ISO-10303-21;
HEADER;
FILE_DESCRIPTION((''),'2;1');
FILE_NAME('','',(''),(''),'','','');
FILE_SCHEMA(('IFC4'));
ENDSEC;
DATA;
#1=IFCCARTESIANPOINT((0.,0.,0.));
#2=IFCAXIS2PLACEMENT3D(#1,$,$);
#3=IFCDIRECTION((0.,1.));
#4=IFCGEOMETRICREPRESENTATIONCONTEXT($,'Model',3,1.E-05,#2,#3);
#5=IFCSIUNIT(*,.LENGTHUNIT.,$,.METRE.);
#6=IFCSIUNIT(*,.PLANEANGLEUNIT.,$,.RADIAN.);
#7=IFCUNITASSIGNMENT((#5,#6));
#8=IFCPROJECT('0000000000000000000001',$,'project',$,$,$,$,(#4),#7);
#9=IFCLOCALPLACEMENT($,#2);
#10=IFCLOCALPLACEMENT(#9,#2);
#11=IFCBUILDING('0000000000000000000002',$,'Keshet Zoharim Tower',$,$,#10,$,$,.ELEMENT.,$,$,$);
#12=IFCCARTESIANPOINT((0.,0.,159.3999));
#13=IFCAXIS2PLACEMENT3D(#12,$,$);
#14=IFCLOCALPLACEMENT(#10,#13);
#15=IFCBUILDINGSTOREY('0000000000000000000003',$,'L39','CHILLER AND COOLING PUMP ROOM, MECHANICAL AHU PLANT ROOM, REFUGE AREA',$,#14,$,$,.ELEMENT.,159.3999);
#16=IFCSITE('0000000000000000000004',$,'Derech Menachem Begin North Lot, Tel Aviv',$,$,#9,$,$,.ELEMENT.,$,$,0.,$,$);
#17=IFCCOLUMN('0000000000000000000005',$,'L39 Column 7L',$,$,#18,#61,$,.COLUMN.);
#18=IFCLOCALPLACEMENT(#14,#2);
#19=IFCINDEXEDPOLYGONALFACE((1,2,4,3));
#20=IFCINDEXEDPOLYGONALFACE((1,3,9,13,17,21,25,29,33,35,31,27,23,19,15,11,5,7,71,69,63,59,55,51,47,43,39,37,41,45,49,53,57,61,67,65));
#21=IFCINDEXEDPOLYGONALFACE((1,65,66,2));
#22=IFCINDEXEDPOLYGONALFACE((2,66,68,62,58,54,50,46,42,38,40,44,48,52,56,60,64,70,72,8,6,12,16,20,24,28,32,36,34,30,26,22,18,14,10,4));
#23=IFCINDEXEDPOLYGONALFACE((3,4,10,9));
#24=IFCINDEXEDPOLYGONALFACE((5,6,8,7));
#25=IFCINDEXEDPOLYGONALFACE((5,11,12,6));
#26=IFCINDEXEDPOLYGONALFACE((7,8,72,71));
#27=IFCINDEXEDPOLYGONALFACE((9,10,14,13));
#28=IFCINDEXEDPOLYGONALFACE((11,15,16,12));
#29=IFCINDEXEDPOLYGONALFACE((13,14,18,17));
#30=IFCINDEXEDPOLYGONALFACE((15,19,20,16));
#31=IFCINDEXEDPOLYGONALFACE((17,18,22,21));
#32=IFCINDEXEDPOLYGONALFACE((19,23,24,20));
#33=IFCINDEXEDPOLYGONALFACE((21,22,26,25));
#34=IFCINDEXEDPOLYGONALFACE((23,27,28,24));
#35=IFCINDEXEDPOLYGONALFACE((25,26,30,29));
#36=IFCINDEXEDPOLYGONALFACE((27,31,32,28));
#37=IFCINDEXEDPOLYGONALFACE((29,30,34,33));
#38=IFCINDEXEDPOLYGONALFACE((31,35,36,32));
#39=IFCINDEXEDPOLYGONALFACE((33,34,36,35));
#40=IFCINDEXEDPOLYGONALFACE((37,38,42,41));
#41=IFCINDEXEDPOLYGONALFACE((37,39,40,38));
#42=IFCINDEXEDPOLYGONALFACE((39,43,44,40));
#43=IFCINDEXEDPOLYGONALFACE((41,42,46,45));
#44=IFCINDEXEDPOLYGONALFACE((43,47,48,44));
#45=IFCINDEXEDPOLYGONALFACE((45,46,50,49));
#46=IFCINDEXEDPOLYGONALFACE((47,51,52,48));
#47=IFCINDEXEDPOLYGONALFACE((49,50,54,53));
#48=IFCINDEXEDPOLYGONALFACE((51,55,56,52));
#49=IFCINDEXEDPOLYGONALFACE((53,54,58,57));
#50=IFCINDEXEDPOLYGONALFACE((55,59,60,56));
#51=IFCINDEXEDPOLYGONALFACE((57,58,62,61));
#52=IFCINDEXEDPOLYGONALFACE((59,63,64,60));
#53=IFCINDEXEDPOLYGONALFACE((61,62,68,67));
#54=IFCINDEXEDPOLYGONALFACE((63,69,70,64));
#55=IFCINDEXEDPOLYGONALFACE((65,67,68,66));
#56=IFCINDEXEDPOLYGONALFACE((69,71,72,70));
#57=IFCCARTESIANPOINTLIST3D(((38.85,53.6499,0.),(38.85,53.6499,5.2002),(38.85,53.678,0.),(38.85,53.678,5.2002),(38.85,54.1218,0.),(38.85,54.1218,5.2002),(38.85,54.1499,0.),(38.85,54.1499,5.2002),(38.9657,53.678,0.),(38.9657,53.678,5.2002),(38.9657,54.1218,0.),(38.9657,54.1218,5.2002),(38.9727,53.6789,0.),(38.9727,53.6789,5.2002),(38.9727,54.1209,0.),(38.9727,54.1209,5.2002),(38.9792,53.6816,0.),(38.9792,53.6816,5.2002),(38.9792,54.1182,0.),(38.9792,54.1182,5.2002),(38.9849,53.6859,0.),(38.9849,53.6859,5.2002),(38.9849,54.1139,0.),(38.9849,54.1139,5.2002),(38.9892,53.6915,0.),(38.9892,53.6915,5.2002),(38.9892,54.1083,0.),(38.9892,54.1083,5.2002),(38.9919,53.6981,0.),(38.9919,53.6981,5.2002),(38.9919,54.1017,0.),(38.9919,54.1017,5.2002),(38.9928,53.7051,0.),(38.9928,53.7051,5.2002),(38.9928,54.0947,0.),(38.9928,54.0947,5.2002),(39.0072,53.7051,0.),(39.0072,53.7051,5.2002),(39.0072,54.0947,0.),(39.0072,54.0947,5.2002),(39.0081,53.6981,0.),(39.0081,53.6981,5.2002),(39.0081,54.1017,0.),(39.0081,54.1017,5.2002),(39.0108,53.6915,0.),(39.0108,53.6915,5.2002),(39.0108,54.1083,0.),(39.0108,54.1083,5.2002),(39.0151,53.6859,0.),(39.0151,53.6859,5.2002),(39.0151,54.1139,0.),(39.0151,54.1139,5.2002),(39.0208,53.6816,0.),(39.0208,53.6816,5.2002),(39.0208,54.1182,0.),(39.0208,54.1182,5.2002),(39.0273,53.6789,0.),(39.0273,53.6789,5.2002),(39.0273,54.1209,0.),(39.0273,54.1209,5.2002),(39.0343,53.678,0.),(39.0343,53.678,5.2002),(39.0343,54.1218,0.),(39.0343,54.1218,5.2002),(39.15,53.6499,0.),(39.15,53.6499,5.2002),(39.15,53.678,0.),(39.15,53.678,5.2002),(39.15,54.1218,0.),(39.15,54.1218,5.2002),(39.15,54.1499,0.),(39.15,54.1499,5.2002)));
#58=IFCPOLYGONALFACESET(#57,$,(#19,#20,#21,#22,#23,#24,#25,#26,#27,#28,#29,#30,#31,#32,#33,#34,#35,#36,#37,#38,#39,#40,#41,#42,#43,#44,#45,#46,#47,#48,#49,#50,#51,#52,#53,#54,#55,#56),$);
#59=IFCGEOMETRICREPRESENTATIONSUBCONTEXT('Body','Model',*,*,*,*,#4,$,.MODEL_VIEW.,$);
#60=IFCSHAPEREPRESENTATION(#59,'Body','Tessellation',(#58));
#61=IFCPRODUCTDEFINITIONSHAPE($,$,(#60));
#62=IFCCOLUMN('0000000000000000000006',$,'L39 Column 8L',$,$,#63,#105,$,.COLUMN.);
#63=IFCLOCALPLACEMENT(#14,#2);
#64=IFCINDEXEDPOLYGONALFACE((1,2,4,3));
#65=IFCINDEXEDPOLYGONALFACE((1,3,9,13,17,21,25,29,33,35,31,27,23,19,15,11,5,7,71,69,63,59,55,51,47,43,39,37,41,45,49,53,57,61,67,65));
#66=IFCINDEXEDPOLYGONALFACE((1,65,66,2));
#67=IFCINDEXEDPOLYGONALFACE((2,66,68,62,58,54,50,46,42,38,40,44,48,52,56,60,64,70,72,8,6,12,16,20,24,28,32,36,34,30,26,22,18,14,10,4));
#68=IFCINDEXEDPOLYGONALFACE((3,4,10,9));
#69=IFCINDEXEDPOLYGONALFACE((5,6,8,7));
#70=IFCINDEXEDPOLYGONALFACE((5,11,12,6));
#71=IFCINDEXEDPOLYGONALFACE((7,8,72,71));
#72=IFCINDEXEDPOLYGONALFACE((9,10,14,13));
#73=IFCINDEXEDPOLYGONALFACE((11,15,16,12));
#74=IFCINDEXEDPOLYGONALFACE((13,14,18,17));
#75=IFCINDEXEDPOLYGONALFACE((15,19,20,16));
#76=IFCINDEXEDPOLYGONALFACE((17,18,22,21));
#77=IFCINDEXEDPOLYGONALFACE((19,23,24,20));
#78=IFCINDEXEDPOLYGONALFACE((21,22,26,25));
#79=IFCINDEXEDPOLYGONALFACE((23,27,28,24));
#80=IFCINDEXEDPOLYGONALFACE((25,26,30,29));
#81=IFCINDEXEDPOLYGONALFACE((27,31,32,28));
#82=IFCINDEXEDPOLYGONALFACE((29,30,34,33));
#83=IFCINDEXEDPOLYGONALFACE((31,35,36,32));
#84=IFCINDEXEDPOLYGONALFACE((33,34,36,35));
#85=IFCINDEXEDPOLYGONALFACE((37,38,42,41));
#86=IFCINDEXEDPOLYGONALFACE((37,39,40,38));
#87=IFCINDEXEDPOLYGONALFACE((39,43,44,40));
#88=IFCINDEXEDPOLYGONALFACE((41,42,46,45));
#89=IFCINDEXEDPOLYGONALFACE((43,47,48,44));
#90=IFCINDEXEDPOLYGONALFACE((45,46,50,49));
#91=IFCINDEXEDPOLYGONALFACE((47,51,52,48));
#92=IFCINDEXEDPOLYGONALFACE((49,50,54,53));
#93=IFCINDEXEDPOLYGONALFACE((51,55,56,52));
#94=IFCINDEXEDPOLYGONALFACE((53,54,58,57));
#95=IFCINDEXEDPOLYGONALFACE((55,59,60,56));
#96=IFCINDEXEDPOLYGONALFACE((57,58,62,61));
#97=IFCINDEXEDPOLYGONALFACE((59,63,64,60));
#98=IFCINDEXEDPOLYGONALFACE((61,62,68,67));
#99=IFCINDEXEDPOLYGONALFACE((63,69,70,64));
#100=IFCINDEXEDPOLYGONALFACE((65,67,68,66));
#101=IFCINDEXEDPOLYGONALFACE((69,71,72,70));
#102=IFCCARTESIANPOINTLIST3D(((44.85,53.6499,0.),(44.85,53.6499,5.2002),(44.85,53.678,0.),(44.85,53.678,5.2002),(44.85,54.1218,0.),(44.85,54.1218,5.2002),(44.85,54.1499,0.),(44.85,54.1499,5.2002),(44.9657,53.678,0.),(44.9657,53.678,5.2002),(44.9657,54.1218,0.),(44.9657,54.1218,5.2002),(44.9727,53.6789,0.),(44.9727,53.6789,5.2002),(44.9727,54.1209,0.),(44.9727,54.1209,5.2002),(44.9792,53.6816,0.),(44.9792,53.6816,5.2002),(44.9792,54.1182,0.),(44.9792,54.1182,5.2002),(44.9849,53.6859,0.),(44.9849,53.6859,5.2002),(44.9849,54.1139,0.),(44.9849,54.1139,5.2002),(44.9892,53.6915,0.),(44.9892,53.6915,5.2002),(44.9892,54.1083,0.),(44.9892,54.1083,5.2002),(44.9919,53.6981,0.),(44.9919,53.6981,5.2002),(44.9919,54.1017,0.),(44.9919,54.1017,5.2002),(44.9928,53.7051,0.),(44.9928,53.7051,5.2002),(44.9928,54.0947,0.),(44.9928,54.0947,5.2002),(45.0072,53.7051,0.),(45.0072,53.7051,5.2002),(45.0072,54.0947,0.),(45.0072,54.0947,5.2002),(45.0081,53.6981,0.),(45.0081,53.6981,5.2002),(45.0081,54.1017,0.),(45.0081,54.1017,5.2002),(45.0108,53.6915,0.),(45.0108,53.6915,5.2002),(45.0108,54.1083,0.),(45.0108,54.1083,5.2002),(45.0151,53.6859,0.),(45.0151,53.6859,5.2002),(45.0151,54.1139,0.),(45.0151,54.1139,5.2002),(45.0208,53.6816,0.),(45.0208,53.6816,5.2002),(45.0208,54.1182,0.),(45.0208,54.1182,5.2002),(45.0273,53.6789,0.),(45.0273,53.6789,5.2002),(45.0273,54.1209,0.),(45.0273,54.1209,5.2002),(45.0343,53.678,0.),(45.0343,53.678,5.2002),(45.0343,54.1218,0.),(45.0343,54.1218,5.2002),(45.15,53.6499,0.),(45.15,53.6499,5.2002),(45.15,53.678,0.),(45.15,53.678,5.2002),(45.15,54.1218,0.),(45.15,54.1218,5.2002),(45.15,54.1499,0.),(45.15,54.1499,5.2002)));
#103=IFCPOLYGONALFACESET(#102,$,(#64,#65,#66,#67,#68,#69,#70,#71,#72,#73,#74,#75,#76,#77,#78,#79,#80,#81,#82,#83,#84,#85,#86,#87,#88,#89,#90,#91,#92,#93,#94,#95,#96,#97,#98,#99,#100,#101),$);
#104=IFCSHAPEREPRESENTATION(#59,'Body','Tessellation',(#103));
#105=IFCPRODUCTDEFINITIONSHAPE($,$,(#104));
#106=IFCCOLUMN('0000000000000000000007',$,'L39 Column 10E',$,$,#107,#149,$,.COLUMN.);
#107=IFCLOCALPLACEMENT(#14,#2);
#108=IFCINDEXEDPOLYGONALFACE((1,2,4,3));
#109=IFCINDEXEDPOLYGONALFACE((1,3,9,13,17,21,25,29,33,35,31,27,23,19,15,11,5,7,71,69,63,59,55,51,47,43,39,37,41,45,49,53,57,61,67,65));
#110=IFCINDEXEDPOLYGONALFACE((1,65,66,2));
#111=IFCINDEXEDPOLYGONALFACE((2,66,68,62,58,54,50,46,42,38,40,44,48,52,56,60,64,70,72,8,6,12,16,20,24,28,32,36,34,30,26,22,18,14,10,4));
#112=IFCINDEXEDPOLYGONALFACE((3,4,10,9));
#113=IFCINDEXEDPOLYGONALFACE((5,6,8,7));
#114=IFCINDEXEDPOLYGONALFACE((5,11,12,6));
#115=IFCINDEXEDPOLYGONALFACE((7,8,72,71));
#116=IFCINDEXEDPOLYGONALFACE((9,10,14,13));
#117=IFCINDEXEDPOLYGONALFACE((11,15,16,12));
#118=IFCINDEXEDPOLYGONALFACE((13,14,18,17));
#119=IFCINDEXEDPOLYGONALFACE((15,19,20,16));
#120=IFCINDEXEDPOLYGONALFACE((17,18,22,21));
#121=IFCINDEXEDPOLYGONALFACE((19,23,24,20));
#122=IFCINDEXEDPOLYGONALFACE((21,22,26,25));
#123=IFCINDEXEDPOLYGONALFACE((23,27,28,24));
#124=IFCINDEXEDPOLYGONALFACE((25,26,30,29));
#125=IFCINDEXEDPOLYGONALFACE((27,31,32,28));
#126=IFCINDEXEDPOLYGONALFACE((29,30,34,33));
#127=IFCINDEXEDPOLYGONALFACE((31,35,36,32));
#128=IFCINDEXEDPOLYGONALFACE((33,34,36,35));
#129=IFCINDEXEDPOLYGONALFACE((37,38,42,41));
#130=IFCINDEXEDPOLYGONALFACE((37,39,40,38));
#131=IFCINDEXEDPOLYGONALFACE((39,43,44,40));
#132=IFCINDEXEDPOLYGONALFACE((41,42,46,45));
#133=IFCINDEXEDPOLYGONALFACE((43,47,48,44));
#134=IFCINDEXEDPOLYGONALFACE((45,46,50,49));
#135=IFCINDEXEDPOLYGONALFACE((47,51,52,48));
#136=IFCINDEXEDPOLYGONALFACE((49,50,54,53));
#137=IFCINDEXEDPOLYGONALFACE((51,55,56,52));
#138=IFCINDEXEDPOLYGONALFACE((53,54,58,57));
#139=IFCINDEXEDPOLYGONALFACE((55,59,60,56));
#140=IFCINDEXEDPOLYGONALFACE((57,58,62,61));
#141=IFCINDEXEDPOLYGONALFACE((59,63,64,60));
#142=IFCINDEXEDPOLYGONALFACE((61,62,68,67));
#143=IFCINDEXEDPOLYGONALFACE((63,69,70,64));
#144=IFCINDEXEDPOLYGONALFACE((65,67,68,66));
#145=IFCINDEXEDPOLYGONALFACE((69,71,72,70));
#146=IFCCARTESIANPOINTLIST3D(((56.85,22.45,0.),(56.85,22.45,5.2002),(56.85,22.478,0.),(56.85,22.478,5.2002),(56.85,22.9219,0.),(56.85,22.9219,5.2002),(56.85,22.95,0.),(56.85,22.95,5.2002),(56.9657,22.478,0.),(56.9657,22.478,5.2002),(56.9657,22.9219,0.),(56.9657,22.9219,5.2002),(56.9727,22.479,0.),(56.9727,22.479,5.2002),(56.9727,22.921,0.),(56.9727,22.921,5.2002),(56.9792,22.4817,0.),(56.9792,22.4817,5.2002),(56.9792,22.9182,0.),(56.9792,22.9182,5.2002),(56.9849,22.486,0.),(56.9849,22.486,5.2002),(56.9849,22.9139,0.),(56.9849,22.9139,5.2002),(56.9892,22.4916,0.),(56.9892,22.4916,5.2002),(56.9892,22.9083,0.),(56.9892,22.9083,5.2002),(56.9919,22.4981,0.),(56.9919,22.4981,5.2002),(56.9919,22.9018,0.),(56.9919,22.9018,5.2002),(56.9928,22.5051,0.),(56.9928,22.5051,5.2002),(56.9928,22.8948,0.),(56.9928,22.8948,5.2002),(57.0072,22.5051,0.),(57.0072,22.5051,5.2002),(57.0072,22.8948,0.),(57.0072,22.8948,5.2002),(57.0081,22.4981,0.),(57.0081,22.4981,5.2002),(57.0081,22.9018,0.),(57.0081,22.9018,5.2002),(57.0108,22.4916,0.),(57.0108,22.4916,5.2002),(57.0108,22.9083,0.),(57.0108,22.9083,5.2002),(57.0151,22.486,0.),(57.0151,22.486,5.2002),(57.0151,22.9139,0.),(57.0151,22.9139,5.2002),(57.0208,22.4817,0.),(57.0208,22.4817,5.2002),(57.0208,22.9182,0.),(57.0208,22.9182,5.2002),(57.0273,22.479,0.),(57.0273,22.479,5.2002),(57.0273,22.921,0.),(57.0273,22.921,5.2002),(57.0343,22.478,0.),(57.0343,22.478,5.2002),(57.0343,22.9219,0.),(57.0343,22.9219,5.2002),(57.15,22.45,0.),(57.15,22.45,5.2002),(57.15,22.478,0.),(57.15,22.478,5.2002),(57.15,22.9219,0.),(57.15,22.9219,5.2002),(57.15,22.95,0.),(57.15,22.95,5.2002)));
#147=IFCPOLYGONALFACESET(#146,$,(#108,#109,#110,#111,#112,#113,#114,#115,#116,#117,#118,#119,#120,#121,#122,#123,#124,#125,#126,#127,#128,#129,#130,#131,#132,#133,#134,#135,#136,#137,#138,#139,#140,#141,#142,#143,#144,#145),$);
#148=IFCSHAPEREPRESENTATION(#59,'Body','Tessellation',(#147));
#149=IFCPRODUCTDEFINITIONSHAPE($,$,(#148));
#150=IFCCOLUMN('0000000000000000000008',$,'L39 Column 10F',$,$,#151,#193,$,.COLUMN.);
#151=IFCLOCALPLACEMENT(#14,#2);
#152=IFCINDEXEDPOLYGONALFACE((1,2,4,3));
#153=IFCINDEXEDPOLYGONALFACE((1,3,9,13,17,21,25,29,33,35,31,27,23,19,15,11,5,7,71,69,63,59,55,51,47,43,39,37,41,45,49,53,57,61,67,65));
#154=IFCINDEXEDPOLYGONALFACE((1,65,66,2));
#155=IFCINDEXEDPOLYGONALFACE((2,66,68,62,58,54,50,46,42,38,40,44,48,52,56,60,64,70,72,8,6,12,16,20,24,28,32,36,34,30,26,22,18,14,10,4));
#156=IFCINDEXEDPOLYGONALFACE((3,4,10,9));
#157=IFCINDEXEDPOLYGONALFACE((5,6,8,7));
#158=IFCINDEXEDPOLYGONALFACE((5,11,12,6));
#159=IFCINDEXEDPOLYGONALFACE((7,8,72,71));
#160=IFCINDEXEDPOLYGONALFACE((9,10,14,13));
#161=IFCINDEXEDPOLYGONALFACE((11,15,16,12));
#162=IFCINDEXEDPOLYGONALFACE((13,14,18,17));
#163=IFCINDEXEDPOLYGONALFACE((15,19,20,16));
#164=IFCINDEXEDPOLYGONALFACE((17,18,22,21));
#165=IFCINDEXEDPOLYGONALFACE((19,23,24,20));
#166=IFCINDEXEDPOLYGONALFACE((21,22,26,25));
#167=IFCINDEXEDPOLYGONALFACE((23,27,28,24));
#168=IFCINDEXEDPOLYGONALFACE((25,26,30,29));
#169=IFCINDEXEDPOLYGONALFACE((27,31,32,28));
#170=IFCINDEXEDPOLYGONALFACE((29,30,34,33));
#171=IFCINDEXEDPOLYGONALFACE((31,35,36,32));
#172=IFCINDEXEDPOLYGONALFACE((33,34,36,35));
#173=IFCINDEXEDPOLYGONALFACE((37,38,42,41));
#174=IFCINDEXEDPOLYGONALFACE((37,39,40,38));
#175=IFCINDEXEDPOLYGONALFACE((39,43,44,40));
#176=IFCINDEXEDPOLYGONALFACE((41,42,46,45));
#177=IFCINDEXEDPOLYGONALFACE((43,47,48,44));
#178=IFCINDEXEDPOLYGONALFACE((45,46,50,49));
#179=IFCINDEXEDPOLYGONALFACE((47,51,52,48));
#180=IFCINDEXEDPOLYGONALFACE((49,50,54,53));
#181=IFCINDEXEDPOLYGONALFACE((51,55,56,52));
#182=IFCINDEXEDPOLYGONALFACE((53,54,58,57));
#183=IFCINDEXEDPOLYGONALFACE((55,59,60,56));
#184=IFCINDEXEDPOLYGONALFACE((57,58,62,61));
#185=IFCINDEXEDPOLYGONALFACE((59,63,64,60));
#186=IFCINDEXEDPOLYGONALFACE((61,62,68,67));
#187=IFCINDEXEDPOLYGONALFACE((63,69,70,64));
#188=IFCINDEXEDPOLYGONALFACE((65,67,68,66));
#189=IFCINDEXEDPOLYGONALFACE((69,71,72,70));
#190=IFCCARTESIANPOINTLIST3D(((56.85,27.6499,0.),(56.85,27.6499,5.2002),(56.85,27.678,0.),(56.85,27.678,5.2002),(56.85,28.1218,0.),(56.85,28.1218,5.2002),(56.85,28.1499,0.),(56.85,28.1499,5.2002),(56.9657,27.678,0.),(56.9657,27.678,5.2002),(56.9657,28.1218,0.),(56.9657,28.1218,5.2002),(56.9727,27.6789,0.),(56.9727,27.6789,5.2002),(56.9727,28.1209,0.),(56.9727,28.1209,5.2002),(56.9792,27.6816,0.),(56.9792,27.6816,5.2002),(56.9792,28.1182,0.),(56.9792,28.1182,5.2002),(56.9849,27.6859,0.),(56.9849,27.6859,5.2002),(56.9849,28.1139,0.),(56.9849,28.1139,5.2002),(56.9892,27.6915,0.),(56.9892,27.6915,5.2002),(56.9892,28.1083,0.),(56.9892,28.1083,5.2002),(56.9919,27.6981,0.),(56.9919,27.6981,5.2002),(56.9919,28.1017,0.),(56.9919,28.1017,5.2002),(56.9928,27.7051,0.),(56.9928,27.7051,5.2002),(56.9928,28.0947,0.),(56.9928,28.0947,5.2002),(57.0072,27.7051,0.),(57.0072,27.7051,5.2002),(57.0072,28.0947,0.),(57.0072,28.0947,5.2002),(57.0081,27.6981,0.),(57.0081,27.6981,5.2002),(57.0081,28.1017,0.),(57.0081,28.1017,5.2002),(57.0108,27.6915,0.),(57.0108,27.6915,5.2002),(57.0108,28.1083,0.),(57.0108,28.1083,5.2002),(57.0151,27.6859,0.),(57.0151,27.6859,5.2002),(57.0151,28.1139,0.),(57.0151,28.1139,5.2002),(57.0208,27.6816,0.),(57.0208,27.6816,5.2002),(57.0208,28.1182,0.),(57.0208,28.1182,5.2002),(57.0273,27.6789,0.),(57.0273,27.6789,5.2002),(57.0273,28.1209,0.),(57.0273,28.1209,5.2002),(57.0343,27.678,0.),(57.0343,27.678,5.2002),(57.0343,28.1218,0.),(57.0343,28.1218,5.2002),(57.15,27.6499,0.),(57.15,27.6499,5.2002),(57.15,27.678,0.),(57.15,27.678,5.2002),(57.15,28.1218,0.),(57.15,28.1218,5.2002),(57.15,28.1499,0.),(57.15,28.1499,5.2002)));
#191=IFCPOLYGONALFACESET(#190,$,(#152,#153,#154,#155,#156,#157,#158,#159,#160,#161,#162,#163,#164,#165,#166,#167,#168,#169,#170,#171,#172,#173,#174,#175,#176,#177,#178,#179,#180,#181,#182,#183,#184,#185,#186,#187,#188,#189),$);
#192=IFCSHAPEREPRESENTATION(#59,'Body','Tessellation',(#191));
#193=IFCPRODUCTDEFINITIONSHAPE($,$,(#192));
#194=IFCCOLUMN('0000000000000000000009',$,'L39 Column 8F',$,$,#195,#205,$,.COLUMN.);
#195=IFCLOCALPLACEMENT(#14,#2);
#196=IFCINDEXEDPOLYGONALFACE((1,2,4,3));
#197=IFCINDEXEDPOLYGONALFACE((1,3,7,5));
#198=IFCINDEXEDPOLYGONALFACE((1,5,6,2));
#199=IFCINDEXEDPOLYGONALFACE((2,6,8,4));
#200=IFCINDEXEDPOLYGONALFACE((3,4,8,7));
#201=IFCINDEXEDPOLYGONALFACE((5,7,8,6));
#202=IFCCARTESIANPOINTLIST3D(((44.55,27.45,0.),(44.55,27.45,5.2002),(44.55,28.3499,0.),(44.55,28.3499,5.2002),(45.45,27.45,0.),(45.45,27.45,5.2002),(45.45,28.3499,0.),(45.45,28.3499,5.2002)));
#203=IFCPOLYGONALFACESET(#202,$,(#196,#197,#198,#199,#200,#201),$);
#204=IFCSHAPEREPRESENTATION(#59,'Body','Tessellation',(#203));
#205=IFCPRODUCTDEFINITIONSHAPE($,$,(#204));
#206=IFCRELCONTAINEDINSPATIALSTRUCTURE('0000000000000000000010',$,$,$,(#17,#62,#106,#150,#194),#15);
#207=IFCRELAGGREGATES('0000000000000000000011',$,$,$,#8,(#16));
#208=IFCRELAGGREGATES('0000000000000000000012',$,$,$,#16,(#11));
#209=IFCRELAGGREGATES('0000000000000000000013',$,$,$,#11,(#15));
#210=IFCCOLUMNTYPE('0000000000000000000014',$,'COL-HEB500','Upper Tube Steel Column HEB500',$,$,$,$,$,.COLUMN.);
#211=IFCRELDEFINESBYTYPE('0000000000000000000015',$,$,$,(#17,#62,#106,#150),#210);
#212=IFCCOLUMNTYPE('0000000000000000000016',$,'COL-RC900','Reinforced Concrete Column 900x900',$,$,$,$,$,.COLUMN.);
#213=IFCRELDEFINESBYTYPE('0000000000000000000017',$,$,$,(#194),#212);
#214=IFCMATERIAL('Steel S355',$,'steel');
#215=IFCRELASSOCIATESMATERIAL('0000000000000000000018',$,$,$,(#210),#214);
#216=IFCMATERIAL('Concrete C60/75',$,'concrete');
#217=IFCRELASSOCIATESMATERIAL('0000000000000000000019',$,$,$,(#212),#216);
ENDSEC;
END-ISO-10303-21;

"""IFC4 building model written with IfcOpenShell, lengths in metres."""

from ifc_helpers import new_model, si_unit, direction, frame, origin, origin_2d, place, context, subcontext, project, spatial, rectangle, i_section, extrude, material, material_profile, profile_set, type_object, element, save


model = new_model("IFC4")

# Units and contexts
model_context = context("Model", 3, precision=1e-05, world=origin(), true_north=direction((0.0, 1.0)))
body_context = subcontext(model_context, "Body", "Model", "MODEL_VIEW")
ifc_project = project(units=[si_unit("LENGTHUNIT", "METRE"), si_unit("PLANEANGLEUNIT", "RADIAN")], contexts=[model_context])

# Site, building, storey
site_placement = place(None, origin())
site = spatial("IfcSite", under=ifc_project, at=site_placement, Name="Derech Menachem Begin North Lot, Tel Aviv", CompositionType="ELEMENT", RefElevation=0.0)
building_placement = place(site_placement, origin())
building = spatial("IfcBuilding", under=site, at=building_placement, Name="Keshet Zoharim Tower", CompositionType="ELEMENT")
storey_placement = place(building_placement, frame((0.0, 0.0, 159.3999)))
storey = spatial("IfcBuildingStorey", under=building, at=storey_placement, Name="L39", Description="CHILLER AND COOLING PUMP ROOM, MECHANICAL AHU PLANT ROOM, REFUGE AREA", CompositionType="ELEMENT", Elevation=159.3999)

# Columns
ifc_material_1 = material(Name="Steel S355", Category="steel")
ifc_material_profile_1 = material_profile(ifc_material_1, i_section(OverallWidth=0.3, OverallDepth=0.5, WebThickness=0.0144, FlangeThickness=0.0281, FilletRadius=0.0271, at=origin_2d()), Name="HEB500")
ifc_profile_set_1 = profile_set([ifc_material_profile_1], Name="Steel S355")
column_type_1 = type_object("IfcColumnType", Name="COL-HEB500", Description="Upper Tube Steel Column HEB500", PredefinedType="COLUMN", material=ifc_profile_set_1)
for number, where, z_axis, x_axis, name in (
    (1, (39.0, 53.8999, 0.0), (0.0, 0.0, 1.0), (1.0, 0.0, 0.0), "L39 Column 7L"),
    (2, (45.0, 53.8999, 0.0), (0.0, 0.0, 1.0), (1.0, 0.0, 0.0), "L39 Column 8L"),
    (3, (57.0, 22.7, 0.0), (0.0, 0.0, 1.0), (1.0, 0.0, 0.0), "L39 Column 10E"),
    (4, (57.0, 27.8999, 0.0), (0.0, 0.0, 1.0), (1.0, 0.0, 0.0), "L39 Column 10F"),
):
    element("IfcColumn", number, at=place(storey_placement, frame(where, z_axis=z_axis, x_axis=x_axis)), inside=storey, type_object=column_type_1, Name=name, PredefinedType="COLUMN", context=body_context, shape_type="SweptSolid", body=[
        extrude(i_section(OverallWidth=0.3, OverallDepth=0.5, WebThickness=0.0144, FlangeThickness=0.0281, FilletRadius=0.0271, at=origin_2d()), origin(), (0.0, 0.0, 1.0), 5.2002),
    ])
ifc_material_2 = material(Name="Concrete C60/75", Category="concrete")
ifc_material_profile_2 = material_profile(ifc_material_2, rectangle(XDim=0.8999, YDim=0.8999, at=origin_2d()), Name="RC900x900")
ifc_profile_set_2 = profile_set([ifc_material_profile_2], Name="Concrete C60/75")
column_type_2 = type_object("IfcColumnType", Name="COL-RC900", Description="Reinforced Concrete Column 900x900", PredefinedType="COLUMN", material=ifc_profile_set_2)
for number, where, z_axis, x_axis, name in (
    (5, (45.0, 27.8999, 0.0), (0.0, 0.0, 1.0), (1.0, 0.0, 0.0), "L39 Column 8F"),
):
    element("IfcColumn", number, at=place(storey_placement, frame(where, z_axis=z_axis, x_axis=x_axis)), inside=storey, type_object=column_type_2, Name=name, PredefinedType="COLUMN", context=body_context, shape_type="SweptSolid", body=[
        extrude(rectangle(XDim=0.8999, YDim=0.8999, at=origin_2d()), origin(), (0.0, 0.0, 1.0), 5.2002),
    ])

save(model, "model.ifc")
